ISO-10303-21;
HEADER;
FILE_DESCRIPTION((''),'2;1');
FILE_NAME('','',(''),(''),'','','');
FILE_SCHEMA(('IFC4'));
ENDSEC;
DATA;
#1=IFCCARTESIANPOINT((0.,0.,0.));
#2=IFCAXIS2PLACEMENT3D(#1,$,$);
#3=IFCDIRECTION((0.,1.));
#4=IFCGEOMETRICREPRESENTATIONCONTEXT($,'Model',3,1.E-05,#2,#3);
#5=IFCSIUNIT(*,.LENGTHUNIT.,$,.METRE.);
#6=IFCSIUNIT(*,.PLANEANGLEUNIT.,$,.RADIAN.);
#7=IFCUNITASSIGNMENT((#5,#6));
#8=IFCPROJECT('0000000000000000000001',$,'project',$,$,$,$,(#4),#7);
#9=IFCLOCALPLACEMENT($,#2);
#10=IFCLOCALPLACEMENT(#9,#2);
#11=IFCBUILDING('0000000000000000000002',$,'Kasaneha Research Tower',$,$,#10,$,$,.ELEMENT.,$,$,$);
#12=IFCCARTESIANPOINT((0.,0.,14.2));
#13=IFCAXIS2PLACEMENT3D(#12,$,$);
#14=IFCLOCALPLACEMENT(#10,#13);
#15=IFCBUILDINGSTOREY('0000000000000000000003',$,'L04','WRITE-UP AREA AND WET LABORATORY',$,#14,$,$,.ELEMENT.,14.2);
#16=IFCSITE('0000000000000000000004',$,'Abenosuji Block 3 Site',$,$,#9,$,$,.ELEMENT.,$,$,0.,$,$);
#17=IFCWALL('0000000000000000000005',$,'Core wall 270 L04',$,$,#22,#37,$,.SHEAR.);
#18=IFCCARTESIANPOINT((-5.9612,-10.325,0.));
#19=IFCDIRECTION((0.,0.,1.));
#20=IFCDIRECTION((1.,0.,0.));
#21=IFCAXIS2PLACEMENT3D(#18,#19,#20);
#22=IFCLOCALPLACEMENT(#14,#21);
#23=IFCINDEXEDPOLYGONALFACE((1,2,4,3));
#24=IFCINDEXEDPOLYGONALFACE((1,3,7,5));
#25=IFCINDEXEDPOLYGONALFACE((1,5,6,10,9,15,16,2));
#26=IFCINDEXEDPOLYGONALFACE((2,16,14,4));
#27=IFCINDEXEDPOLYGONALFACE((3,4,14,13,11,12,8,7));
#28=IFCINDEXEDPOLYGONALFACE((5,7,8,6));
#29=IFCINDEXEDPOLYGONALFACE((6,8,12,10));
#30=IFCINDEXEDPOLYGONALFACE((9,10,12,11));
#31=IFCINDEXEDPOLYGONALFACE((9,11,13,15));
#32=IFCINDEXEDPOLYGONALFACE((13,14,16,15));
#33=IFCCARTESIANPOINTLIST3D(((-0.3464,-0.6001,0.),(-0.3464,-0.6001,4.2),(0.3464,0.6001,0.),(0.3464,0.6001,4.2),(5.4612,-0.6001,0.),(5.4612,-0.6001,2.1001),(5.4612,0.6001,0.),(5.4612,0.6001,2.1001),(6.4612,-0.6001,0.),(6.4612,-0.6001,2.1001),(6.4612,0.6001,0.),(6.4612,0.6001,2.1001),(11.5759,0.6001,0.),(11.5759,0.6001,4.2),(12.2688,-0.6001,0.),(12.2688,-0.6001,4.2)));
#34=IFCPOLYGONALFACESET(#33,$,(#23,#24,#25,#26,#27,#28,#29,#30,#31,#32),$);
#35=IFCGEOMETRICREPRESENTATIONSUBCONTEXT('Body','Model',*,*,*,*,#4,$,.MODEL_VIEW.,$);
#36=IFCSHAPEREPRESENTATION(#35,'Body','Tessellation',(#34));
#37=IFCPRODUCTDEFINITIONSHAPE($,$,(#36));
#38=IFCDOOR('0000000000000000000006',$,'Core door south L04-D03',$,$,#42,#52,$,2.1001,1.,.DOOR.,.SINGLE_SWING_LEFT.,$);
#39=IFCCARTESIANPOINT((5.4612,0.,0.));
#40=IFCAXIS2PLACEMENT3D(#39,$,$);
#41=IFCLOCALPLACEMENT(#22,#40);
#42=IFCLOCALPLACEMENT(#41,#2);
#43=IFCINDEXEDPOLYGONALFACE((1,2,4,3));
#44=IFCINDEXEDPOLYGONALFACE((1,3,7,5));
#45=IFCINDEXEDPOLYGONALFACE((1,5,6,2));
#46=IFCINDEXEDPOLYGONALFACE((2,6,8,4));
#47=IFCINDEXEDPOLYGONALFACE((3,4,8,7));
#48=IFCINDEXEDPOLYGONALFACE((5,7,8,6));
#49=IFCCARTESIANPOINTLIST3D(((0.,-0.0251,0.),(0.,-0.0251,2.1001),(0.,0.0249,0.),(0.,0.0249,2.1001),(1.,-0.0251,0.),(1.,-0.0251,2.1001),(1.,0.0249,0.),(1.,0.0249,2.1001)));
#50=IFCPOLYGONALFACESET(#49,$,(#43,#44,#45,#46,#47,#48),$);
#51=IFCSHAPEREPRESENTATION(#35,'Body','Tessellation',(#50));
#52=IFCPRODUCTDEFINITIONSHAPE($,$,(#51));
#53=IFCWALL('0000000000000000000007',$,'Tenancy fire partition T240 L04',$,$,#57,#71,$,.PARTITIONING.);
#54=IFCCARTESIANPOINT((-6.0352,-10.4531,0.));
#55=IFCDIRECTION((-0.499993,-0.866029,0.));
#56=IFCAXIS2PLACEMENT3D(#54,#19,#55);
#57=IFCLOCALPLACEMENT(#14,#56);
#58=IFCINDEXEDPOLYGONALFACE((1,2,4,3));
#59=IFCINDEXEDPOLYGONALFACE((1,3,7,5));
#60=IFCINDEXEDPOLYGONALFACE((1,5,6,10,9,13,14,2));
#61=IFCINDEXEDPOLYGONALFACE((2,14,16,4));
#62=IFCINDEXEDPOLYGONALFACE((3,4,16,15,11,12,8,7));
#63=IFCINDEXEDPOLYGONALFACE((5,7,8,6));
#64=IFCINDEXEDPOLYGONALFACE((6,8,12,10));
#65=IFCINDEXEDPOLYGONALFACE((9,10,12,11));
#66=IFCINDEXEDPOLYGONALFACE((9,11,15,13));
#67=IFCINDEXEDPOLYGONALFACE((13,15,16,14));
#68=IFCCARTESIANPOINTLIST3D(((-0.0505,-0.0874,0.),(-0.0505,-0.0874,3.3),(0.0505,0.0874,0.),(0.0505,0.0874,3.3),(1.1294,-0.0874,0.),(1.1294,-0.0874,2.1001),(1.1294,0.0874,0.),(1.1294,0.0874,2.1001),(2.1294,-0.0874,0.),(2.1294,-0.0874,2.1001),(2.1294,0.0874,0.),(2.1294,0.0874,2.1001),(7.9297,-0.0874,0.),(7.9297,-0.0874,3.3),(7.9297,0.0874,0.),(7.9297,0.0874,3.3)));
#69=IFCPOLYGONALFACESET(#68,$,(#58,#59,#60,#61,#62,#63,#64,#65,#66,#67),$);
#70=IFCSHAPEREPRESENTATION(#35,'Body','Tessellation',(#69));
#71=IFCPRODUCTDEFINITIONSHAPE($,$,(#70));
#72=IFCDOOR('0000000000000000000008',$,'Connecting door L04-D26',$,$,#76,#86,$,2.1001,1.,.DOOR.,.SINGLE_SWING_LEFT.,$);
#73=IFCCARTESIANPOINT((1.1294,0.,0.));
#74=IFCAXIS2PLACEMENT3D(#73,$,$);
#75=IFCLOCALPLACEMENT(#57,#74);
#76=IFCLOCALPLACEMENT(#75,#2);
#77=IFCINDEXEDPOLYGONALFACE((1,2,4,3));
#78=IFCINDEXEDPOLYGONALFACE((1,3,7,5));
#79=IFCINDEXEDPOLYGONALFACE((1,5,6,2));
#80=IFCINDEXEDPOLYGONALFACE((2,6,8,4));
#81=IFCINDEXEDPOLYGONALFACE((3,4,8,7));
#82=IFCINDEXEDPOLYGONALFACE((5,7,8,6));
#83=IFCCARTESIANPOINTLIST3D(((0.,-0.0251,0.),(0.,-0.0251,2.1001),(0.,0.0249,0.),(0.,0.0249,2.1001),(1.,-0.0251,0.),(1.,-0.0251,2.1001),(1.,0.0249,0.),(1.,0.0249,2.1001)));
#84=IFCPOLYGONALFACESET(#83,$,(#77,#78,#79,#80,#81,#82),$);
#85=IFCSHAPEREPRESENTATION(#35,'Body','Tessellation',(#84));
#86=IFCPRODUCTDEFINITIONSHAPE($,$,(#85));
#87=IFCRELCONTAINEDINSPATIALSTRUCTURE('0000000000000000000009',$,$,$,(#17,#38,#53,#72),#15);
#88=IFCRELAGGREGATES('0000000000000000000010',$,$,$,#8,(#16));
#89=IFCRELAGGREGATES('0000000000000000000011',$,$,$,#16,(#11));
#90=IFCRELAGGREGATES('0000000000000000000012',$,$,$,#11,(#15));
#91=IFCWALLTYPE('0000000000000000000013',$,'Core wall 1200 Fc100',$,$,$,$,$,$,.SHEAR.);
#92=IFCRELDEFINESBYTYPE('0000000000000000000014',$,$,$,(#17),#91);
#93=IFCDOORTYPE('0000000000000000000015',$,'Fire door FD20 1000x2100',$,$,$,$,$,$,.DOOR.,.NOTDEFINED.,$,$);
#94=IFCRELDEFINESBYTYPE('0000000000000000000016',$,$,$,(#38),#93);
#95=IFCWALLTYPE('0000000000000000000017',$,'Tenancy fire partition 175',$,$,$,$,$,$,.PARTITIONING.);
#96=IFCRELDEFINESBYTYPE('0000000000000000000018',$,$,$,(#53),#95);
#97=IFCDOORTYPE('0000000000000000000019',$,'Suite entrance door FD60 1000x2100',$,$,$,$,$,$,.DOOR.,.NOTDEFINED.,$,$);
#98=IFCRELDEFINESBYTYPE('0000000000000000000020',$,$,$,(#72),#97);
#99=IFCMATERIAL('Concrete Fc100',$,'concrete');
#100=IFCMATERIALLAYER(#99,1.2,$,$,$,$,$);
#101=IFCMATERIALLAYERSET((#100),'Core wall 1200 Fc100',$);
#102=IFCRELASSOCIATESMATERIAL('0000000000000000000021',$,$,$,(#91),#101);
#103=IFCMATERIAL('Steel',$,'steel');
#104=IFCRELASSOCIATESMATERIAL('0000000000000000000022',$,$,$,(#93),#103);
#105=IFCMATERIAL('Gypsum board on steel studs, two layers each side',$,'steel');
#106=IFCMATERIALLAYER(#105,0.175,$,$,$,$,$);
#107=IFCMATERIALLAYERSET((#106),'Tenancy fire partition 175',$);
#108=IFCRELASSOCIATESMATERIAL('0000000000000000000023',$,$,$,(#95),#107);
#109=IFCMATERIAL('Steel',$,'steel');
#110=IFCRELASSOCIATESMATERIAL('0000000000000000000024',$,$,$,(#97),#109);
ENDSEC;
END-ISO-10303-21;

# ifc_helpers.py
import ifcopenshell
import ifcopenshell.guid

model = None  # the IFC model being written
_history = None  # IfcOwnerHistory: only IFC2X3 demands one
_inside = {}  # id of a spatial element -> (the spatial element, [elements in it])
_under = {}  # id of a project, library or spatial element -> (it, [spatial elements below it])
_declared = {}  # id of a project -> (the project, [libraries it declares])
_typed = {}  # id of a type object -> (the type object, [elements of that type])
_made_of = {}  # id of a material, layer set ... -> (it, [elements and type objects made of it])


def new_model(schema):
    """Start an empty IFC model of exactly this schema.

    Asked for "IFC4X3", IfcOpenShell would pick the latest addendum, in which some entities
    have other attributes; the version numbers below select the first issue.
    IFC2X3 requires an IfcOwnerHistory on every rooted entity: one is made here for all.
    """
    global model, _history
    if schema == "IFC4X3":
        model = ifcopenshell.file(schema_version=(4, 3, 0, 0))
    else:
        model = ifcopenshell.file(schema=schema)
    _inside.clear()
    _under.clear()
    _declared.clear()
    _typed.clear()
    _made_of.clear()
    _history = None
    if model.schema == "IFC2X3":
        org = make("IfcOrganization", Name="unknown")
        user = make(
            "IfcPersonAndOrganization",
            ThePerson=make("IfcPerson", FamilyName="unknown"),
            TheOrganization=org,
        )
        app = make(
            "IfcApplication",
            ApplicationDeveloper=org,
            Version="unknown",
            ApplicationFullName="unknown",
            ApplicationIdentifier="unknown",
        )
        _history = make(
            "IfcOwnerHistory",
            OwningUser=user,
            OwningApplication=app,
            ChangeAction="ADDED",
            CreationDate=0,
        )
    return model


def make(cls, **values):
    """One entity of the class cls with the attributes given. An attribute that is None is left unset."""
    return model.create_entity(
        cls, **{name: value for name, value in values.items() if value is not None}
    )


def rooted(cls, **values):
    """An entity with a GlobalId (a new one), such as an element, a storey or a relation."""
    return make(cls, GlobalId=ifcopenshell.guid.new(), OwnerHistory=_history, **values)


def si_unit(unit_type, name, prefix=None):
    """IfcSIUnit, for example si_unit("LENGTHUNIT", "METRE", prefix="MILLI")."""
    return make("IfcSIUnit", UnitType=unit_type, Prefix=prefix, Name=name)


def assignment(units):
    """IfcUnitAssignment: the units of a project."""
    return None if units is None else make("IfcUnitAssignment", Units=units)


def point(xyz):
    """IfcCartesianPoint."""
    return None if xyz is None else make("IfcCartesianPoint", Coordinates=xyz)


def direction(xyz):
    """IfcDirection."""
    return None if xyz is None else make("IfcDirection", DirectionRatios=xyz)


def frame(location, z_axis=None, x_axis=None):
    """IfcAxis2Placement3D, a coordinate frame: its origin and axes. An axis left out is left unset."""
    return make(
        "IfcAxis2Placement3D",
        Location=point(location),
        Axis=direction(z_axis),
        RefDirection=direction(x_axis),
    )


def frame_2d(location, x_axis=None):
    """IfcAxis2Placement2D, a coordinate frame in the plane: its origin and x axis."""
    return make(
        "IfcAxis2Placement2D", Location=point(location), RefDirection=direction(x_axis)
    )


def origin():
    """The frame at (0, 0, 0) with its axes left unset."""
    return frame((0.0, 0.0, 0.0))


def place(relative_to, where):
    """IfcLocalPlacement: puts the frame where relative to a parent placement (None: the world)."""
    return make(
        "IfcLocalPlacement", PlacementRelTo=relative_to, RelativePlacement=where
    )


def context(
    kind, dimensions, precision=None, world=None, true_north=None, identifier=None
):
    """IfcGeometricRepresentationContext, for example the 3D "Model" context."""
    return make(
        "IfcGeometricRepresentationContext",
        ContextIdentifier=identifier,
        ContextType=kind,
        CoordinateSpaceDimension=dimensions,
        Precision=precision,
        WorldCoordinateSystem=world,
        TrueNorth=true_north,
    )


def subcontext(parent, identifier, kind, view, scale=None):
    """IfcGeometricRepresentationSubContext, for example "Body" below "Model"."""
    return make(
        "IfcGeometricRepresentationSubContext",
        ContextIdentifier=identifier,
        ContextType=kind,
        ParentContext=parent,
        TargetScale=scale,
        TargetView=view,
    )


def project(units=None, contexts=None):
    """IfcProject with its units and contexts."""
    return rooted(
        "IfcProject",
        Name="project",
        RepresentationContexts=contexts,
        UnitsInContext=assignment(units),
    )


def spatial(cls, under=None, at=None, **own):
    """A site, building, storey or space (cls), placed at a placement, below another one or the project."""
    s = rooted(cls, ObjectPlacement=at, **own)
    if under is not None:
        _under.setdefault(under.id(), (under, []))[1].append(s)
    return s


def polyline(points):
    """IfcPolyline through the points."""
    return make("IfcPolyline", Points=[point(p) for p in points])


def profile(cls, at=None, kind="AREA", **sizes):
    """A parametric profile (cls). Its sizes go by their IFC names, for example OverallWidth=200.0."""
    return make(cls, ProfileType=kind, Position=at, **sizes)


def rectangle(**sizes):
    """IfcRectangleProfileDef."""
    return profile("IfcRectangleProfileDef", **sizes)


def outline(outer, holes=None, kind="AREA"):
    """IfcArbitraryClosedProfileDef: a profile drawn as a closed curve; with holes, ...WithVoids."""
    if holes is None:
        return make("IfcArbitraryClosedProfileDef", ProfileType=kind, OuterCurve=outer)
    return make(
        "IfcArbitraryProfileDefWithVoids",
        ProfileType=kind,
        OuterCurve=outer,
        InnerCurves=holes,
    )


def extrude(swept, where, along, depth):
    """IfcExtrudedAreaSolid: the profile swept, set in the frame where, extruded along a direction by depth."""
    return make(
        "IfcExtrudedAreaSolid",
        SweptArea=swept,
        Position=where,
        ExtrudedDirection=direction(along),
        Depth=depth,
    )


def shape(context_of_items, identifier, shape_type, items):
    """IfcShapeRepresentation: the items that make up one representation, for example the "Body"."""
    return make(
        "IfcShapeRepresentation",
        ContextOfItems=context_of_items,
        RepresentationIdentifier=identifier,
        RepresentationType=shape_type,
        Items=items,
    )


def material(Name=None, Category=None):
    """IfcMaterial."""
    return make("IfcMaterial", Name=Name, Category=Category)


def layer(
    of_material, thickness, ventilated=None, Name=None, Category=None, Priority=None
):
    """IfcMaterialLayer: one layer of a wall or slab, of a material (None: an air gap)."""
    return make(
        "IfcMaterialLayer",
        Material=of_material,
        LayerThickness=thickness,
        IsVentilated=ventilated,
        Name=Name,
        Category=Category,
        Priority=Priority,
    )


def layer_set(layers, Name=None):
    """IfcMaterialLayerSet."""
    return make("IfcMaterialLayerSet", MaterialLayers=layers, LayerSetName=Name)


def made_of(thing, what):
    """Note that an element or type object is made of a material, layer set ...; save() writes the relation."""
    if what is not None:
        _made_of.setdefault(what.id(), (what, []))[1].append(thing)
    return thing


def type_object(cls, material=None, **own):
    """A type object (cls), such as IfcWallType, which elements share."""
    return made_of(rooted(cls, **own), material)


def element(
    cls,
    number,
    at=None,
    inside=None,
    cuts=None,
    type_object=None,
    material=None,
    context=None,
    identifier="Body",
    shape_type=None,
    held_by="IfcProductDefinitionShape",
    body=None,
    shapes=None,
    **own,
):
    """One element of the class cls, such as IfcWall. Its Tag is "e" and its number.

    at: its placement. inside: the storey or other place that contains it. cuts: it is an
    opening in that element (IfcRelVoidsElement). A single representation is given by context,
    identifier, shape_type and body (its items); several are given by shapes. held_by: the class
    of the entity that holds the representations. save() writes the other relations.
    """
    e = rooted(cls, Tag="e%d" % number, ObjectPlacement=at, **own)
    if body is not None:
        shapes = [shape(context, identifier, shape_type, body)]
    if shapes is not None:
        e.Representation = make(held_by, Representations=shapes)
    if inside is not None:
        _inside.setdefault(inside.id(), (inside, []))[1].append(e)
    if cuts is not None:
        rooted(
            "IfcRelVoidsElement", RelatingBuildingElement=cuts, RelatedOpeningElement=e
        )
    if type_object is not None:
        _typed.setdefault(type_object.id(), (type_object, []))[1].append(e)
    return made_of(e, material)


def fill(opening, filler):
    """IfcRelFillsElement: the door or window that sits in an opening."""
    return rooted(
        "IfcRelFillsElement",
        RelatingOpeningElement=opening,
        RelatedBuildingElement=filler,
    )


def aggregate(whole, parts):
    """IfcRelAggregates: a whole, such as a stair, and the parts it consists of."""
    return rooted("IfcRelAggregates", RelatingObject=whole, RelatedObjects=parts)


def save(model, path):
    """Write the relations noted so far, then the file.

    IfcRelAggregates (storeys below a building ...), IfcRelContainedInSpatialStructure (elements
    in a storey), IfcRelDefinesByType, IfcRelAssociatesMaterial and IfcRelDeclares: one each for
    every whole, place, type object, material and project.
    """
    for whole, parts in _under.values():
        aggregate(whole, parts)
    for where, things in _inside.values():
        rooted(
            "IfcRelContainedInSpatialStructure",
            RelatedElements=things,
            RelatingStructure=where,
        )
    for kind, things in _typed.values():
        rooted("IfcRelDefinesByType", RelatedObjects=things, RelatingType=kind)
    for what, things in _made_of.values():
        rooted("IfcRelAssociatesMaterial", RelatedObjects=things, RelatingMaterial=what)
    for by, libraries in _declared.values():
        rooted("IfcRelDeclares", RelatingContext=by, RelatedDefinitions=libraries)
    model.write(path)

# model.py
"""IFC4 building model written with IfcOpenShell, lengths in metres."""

from ifc_helpers import new_model, si_unit, direction, frame, frame_2d, origin, place, context, subcontext, project, spatial, polyline, rectangle, outline, extrude, material, layer, layer_set, type_object, element, fill, save


model = new_model("IFC4")

# Units and contexts
model_context = context("Model", 3, precision=1e-05, world=origin(), true_north=direction((0.0, 1.0)))
body_context = subcontext(model_context, "Body", "Model", "MODEL_VIEW")
ifc_project = project(units=[si_unit("LENGTHUNIT", "METRE"), si_unit("PLANEANGLEUNIT", "RADIAN")], contexts=[model_context])

# Site, building, storey
site_placement = place(None, origin())
site = spatial("IfcSite", under=ifc_project, at=site_placement, Name="Abenosuji Block 3 Site", CompositionType="ELEMENT", RefElevation=0.0)
building_placement = place(site_placement, origin())
building = spatial("IfcBuilding", under=site, at=building_placement, Name="Kasaneha Research Tower", CompositionType="ELEMENT")
storey_placement = place(building_placement, frame((0.0, 0.0, 14.2)))
storey = spatial("IfcBuildingStorey", under=building, at=storey_placement, Name="L04", Description="WRITE-UP AREA AND WET LABORATORY", CompositionType="ELEMENT", Elevation=14.2)

# Walls, openings, doors
ifc_material_1 = material(Name="Concrete Fc100", Category="concrete")
ifc_layer_1 = layer(ifc_material_1, 1.2)
ifc_layer_set_1 = layer_set([ifc_layer_1], Name="Core wall 1200 Fc100")
wall_type_1 = type_object("IfcWallType", Name="Core wall 1200 Fc100", PredefinedType="SHEAR", material=ifc_layer_set_1)
wall_1_placement = place(storey_placement, frame((-5.9612, -10.325, 0.0), z_axis=(0.0, 0.0, 1.0), x_axis=(1.0, 0.0, 0.0)))
wall_1 = element("IfcWall", 1, at=wall_1_placement, inside=storey, type_object=wall_type_1, Name="Core wall 270 L04", PredefinedType="SHEAR", context=body_context, shape_type="SweptSolid", body=[
    extrude(outline(polyline([(-0.3464, -0.6001), (5.4612, -0.6001), (6.4612, -0.6001), (12.2688, -0.6001), (11.5759, 0.6001), (6.4612, 0.6001), (5.4612, 0.6001), (0.3464, 0.6001), (-0.3464, -0.6001)])), origin(), (0.0, 0.0, 1.0), 4.2),
])
opening_1_placement = place(wall_1_placement, frame((5.4612, 0.0, 0.0)))
opening_1 = element("IfcOpeningElement", 2, at=opening_1_placement, cuts=wall_1, PredefinedType="OPENING", context=body_context, shape_type="SweptSolid", body=[
    extrude(rectangle(XDim=1.0, YDim=2.1001, at=frame_2d((0.5, 1.05))), frame((0.0, 0.6099, 0.0), z_axis=(0.0, -1.0, 0.0), x_axis=(1.0, 0.0, 0.0)), (0.0, 0.0, 1.0), 1.22),
])
ifc_material_2 = material(Name="Steel", Category="steel")
door_type_1 = type_object("IfcDoorType", Name="Fire door FD20 1000x2100", OperationType="NOTDEFINED", PredefinedType="DOOR", material=ifc_material_2)
door_1_placement = place(opening_1_placement, origin())
door_1 = element("IfcDoor", 3, at=door_1_placement, inside=storey, type_object=door_type_1, Name="Core door south L04-D03", OperationType="SINGLE_SWING_LEFT", OverallHeight=2.1001, OverallWidth=1.0, PredefinedType="DOOR", context=body_context, shape_type="SweptSolid", body=[
    extrude(rectangle(XDim=1.0, YDim=2.1001, at=frame_2d((0.5, 1.05))), frame((0.0, 0.0249, 0.0), z_axis=(0.0, -1.0, 0.0), x_axis=(1.0, 0.0, 0.0)), (0.0, 0.0, 1.0), 0.05),
])
fill(opening_1, door_1)
ifc_material_3 = material(Name="Gypsum board on steel studs, two layers each side", Category="steel")
ifc_layer_2 = layer(ifc_material_3, 0.175)
ifc_layer_set_2 = layer_set([ifc_layer_2], Name="Tenancy fire partition 175")
wall_type_2 = type_object("IfcWallType", Name="Tenancy fire partition 175", PredefinedType="PARTITIONING", material=ifc_layer_set_2)
wall_2_placement = place(storey_placement, frame((-6.0352, -10.4531, 0.0), z_axis=(0.0, 0.0, 1.0), x_axis=(-0.499993, -0.866029, 0.0)))
wall_2 = element("IfcWall", 4, at=wall_2_placement, inside=storey, type_object=wall_type_2, Name="Tenancy fire partition T240 L04", PredefinedType="PARTITIONING", context=body_context, shape_type="SweptSolid", body=[
    extrude(outline(polyline([(-0.0505, -0.0874), (1.1294, -0.0874), (2.1294, -0.0874), (7.9297, -0.0874), (7.9297, 0.0874), (2.1294, 0.0874), (1.1294, 0.0874), (0.0505, 0.0874), (-0.0505, -0.0874)])), origin(), (0.0, 0.0, 1.0), 3.3),
])
opening_2_placement = place(wall_2_placement, frame((1.1294, 0.0, 0.0)))
opening_2 = element("IfcOpeningElement", 5, at=opening_2_placement, cuts=wall_2, PredefinedType="OPENING", context=body_context, shape_type="SweptSolid", body=[
    extrude(rectangle(XDim=1.0, YDim=2.1001, at=frame_2d((0.5, 1.05))), frame((0.0, 0.0977, 0.0), z_axis=(0.0, -1.0, 0.0), x_axis=(1.0, 0.0, 0.0)), (0.0, 0.0, 1.0), 0.1951),
])
ifc_material_4 = material(Name="Steel", Category="steel")
door_type_2 = type_object("IfcDoorType", Name="Suite entrance door FD60 1000x2100", OperationType="NOTDEFINED", PredefinedType="DOOR", material=ifc_material_4)
door_2_placement = place(opening_2_placement, origin())
door_2 = element("IfcDoor", 6, at=door_2_placement, inside=storey, type_object=door_type_2, Name="Connecting door L04-D26", OperationType="SINGLE_SWING_LEFT", OverallHeight=2.1001, OverallWidth=1.0, PredefinedType="DOOR", context=body_context, shape_type="SweptSolid", body=[
    extrude(rectangle(XDim=1.0, YDim=2.1001, at=frame_2d((0.5, 1.05))), frame((0.0, 0.0249, 0.0), z_axis=(0.0, -1.0, 0.0), x_axis=(1.0, 0.0, 0.0)), (0.0, 0.0, 1.0), 0.05),
])
fill(opening_2, door_2)

save(model, "model.ifc")
